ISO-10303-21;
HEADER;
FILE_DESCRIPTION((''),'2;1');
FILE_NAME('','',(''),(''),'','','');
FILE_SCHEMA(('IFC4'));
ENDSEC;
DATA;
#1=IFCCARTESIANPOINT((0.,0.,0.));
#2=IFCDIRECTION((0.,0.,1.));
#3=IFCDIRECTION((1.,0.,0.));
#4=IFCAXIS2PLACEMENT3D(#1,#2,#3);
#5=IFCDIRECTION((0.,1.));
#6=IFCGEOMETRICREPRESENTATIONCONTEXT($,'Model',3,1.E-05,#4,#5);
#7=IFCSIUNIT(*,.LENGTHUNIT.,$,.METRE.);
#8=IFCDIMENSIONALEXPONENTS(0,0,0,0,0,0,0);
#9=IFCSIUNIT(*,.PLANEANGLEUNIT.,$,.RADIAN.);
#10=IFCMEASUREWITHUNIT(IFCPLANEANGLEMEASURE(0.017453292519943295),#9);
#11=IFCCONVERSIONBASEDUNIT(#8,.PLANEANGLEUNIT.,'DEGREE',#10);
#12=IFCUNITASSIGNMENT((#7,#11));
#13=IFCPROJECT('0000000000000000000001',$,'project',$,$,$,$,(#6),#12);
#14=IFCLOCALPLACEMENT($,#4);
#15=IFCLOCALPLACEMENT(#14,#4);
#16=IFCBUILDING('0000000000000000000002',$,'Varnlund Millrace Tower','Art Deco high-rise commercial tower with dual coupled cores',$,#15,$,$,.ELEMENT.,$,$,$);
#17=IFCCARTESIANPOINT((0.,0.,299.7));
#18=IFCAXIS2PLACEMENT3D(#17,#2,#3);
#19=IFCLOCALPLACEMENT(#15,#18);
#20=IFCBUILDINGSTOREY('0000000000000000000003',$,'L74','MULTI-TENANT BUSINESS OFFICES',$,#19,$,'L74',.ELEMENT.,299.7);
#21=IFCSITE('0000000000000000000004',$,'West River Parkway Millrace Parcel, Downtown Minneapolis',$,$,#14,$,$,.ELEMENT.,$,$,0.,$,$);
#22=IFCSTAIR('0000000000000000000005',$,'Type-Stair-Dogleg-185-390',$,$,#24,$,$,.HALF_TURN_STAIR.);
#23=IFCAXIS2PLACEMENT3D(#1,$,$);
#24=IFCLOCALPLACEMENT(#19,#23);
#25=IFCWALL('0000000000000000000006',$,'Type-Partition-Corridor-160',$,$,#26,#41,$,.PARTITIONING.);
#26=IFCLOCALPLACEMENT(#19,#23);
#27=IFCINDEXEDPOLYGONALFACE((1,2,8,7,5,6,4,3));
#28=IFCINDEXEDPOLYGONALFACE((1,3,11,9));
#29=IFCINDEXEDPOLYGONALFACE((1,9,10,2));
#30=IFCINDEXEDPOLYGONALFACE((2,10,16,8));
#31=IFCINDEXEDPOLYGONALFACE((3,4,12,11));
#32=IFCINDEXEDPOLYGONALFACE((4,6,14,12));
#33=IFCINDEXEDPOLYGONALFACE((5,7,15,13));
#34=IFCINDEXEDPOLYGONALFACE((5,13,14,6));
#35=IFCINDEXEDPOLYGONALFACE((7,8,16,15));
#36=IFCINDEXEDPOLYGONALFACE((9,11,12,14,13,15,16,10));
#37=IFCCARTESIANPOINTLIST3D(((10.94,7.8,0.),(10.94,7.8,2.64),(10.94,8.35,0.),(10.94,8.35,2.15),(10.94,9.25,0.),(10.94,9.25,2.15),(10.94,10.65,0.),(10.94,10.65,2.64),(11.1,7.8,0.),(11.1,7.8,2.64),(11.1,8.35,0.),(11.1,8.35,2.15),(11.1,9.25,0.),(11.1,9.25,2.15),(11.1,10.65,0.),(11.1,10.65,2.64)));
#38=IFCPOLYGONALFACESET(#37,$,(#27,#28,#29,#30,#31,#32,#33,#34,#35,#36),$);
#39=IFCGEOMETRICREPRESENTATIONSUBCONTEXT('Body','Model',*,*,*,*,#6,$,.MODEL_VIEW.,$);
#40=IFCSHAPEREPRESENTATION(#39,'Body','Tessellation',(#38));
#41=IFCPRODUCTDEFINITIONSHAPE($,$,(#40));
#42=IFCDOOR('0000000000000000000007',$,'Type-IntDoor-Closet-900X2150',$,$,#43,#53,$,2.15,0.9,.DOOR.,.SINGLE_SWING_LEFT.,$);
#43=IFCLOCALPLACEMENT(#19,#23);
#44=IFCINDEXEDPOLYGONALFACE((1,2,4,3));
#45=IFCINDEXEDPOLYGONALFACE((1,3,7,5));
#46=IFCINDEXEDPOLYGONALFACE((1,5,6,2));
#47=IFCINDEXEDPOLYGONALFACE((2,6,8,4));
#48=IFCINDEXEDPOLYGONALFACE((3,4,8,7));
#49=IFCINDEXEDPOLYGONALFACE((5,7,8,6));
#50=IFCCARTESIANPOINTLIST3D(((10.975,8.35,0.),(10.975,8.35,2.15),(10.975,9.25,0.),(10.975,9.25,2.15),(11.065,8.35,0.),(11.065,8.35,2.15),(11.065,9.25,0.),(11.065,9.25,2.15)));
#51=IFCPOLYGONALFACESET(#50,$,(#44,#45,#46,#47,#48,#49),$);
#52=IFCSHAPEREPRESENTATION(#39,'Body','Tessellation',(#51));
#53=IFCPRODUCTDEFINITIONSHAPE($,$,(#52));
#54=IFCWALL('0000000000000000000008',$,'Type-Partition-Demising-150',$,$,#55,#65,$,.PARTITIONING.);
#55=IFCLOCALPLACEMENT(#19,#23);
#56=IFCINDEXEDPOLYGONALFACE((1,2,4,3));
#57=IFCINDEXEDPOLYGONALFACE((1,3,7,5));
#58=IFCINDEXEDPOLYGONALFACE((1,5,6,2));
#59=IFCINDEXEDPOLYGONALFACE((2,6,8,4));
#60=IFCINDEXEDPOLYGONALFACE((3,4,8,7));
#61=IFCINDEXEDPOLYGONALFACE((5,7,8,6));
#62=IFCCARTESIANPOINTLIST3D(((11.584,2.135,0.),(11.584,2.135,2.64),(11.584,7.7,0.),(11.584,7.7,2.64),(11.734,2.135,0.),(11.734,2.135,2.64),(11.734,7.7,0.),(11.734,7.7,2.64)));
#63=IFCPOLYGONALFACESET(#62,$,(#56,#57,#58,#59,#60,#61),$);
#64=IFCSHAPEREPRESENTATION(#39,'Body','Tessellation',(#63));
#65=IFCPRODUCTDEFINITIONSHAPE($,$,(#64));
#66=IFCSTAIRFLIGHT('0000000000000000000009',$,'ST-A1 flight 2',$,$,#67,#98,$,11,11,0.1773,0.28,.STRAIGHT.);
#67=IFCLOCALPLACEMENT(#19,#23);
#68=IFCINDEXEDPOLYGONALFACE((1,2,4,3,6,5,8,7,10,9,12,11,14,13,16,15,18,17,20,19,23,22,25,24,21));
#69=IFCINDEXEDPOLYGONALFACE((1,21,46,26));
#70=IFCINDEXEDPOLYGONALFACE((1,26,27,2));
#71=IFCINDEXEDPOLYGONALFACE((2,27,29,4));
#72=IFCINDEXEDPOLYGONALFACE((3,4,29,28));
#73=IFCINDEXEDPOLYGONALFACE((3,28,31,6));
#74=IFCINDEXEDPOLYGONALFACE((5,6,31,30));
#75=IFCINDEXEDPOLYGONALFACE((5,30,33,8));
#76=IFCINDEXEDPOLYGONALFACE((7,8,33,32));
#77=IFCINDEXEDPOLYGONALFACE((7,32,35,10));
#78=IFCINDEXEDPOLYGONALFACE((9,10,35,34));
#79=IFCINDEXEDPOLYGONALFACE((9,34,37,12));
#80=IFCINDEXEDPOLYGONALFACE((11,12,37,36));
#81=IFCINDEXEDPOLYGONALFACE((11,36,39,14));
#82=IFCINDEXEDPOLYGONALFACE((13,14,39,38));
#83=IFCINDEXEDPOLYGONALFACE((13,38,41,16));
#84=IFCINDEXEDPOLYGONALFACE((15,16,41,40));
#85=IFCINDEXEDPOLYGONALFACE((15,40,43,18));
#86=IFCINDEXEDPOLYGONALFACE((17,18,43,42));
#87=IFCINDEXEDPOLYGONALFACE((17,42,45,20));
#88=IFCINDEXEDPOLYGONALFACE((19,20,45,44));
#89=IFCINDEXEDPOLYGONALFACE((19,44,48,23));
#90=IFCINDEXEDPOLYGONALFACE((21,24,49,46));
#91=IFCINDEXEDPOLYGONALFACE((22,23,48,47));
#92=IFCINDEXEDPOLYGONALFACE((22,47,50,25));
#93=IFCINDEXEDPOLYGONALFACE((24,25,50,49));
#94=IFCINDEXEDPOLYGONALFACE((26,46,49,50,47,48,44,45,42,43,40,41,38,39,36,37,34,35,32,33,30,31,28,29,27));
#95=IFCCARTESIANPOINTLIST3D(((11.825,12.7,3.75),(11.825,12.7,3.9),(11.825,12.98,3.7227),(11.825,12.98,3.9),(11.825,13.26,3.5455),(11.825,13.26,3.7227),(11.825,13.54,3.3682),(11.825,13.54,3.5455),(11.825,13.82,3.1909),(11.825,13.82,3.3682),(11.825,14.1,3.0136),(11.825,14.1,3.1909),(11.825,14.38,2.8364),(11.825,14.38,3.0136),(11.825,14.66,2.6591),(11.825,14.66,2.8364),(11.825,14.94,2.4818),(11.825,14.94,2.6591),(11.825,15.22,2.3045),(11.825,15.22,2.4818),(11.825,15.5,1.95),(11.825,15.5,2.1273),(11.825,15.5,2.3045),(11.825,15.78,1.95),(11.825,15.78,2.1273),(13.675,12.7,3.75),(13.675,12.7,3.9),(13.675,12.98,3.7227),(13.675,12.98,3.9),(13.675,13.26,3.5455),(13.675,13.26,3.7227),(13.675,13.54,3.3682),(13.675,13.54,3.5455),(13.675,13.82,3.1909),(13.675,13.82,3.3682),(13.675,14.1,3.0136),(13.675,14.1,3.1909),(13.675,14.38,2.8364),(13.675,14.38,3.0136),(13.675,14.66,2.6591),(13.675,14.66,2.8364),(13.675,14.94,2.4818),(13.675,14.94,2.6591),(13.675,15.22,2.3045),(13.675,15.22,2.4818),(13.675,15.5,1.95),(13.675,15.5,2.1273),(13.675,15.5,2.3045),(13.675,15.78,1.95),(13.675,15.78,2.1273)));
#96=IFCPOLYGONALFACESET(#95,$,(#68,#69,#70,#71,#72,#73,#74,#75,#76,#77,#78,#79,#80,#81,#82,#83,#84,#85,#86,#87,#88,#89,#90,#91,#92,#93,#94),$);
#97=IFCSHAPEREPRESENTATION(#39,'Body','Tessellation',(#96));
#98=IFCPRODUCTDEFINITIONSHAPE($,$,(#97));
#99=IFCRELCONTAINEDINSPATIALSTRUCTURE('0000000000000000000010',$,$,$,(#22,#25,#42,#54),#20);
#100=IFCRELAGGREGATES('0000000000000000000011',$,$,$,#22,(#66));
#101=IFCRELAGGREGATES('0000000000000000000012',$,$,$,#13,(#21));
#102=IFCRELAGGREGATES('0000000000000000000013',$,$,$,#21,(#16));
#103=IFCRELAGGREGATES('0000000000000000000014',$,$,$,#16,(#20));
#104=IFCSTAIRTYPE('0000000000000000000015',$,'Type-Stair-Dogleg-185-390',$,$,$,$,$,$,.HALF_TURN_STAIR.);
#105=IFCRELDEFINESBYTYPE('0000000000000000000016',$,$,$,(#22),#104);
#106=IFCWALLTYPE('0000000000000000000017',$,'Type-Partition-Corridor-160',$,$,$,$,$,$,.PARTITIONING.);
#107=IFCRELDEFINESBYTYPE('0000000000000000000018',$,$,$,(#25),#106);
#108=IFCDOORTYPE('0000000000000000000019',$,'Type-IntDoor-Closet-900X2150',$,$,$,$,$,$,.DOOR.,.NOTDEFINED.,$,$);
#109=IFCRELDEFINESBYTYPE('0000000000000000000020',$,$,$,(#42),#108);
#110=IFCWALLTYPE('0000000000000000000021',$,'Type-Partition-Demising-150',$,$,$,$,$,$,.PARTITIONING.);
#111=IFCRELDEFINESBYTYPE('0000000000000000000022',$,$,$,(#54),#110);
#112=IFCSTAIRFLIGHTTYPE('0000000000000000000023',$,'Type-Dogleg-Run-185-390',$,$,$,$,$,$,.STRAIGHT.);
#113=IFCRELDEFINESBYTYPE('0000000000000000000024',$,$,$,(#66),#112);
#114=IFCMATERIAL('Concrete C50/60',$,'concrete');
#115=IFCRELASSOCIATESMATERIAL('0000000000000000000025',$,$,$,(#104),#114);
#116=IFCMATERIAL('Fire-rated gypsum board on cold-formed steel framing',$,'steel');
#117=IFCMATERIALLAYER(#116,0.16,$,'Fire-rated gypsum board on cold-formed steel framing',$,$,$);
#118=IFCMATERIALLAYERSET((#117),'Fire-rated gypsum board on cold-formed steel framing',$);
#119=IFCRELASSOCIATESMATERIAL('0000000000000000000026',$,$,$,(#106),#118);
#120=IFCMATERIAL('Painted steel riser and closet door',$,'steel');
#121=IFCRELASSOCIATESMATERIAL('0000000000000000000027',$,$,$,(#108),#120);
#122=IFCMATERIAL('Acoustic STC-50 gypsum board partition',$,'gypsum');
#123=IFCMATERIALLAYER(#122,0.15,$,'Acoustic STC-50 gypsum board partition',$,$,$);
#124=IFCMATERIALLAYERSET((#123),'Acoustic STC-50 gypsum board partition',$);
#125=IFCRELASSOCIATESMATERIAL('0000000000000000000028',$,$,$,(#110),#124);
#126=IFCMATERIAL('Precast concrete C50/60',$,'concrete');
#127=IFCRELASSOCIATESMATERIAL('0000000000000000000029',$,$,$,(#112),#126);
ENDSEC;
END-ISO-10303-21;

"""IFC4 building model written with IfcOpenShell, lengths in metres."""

from ifc_helpers import new_model, entity, si_unit, converted_unit, direction, frame, origin_with_axes, origin_2d_with_axis, place, context, subcontext, project, spatial, polyline, rectangle, outline, extrude, material, layer, layer_set, type_object, element, fill, aggregate, save


model = new_model("IFC4")

# Units and contexts
model_context = context("Model", 3, precision=1e-05, world=origin_with_axes(), true_north=direction((0.0, 1.0)))
body_context = subcontext(model_context, "Body", "Model", "MODEL_VIEW")
ifc_project = project(units=[si_unit("LENGTHUNIT", "METRE"), converted_unit("PLANEANGLEUNIT", "DEGREE", entity("IfcPlaneAngleMeasure", 0.017453292519943295), si_unit("PLANEANGLEUNIT", "RADIAN"), dimensions=[0, 0, 0, 0, 0, 0, 0])], contexts=[model_context])

# Site, building, storey
site_placement = place(None, origin_with_axes())
site = spatial("IfcSite", under=ifc_project, at=site_placement, Name="West River Parkway Millrace Parcel, Downtown Minneapolis", CompositionType="ELEMENT", RefElevation=0.0)
building_placement = place(site_placement, origin_with_axes())
building = spatial("IfcBuilding", under=site, at=building_placement, Name="Varnlund Millrace Tower", Description="Art Deco high-rise commercial tower with dual coupled cores", CompositionType="ELEMENT")
storey_placement = place(building_placement, frame((0.0, 0.0, 299.7), z_axis=(0.0, 0.0, 1.0), x_axis=(1.0, 0.0, 0.0)))
storey = spatial("IfcBuildingStorey", under=building, at=storey_placement, Name="L74", Description="MULTI-TENANT BUSINESS OFFICES", LongName="L74", CompositionType="ELEMENT", Elevation=299.7)

# Stair
ifc_material_1 = material(Name="Concrete C50/60", Category="concrete")
stair_type = type_object("IfcStairType", Name="Type-Stair-Dogleg-185-390", PredefinedType="HALF_TURN_STAIR", material=ifc_material_1)
stair_1_placement = place(storey_placement, origin_with_axes())
stair_1 = element("IfcStair", 1, at=stair_1_placement, inside=storey, type_object=stair_type, Name="Type-Stair-Dogleg-185-390", PredefinedType="HALF_TURN_STAIR")

# Shared definitions
ifc_material_2 = material(Name="Precast concrete C50/60", Category="concrete")

# Shared definitions
ifc_material_3 = material(Name="Fire-rated gypsum board on cold-formed steel framing", Category="steel")
ifc_layer_1 = layer(ifc_material_3, 0.16, Name="Fire-rated gypsum board on cold-formed steel framing")
ifc_layer_set_1 = layer_set([ifc_layer_1], Name="Fire-rated gypsum board on cold-formed steel framing")
wall_type_1 = type_object("IfcWallType", Name="Type-Partition-Corridor-160", PredefinedType="PARTITIONING", material=ifc_layer_set_1)

# Wall, opening, door
wall_1_placement = place(storey_placement, frame((11.02, 7.8, 0.0), z_axis=(0.0, 0.0, 1.0), x_axis=(0.0, 1.0, 0.0)))
wall_1 = element("IfcWall", 2, at=wall_1_placement, inside=storey, type_object=wall_type_1, Name="Type-Partition-Corridor-160", PredefinedType="PARTITIONING", context=body_context, shape_type="SweptSolid", body=[
    extrude(outline(polyline([(0.0, -0.08), (2.85, -0.08), (2.85, 0.08), (0.0, 0.08), (0.0, -0.08)])), origin_with_axes(), (0.0, 0.0, 1.0), 2.64),
])
opening_1_placement = place(wall_1_placement, frame((1.0, 0.0, 0.0), z_axis=(0.0, 0.0, 1.0), x_axis=(1.0, 0.0, 0.0)))
opening_1 = element("IfcOpeningElement", 3, at=opening_1_placement, cuts=wall_1, PredefinedType="OPENING", context=body_context, shape_type="SweptSolid", body=[
    extrude(rectangle(XDim=0.9, YDim=0.18, at=origin_2d_with_axis()), origin_with_axes(), (0.0, 0.0, 1.0), 2.15),
])
ifc_material_4 = material(Name="Painted steel riser and closet door", Category="steel")
door_type_1 = type_object("IfcDoorType", Name="Type-IntDoor-Closet-900X2150", OperationType="NOTDEFINED", PredefinedType="DOOR", material=ifc_material_4)
door_1_placement = place(wall_1_placement, frame((1.0, 0.0, 0.0), z_axis=(0.0, 0.0, 1.0), x_axis=(1.0, 0.0, 0.0)))
door_1 = element("IfcDoor", 4, at=door_1_placement, inside=storey, type_object=door_type_1, Name="Type-IntDoor-Closet-900X2150", OperationType="SINGLE_SWING_LEFT", OverallHeight=2.15, OverallWidth=0.9, PredefinedType="DOOR", context=body_context, shape_type="SweptSolid", body=[
    extrude(rectangle(XDim=0.9, YDim=0.09, at=origin_2d_with_axis()), origin_with_axes(), (0.0, 0.0, 1.0), 2.15),
])
fill(opening_1, door_1)

# Wall
ifc_material_5 = material(Name="Acoustic STC-50 gypsum board partition", Category="gypsum")
ifc_layer_2 = layer(ifc_material_5, 0.15, Name="Acoustic STC-50 gypsum board partition")
ifc_layer_set_2 = layer_set([ifc_layer_2], Name="Acoustic STC-50 gypsum board partition")
wall_type_2 = type_object("IfcWallType", Name="Type-Partition-Demising-150", PredefinedType="PARTITIONING", material=ifc_layer_set_2)
wall_2_placement = place(storey_placement, frame((11.659, 2.135, 0.0), z_axis=(0.0, 0.0, 1.0), x_axis=(0.0, 1.0, 0.0)))
element("IfcWall", 5, at=wall_2_placement, inside=storey, type_object=wall_type_2, Name="Type-Partition-Demising-150", PredefinedType="PARTITIONING", context=body_context, shape_type="SweptSolid", body=[
    extrude(outline(polyline([(0.0, -0.075), (5.565, -0.075), (5.565, 0.075), (0.0, 0.075), (0.0, -0.075)])), origin_with_axes(), (0.0, 0.0, 1.0), 2.64),
])

# Stair flight
stair_flight_type = type_object("IfcStairFlightType", Name="Type-Dogleg-Run-185-390", PredefinedType="STRAIGHT", material=ifc_material_2)
stair_flight_placement = place(storey_placement, frame((13.675, 15.78, 1.95), z_axis=(-1.0, 0.0, 0.0), x_axis=(0.0, -1.0, 0.0)))
stair_flight = element("IfcStairFlight", 6, at=stair_flight_placement, type_object=stair_flight_type, Name="ST-A1 flight 2", NumberOfRisers=11, NumberOfTreads=11, PredefinedType="STRAIGHT", RiserHeight=0.1773, TreadLength=0.28, context=body_context, shape_type="SweptSolid", body=[
    extrude(outline(polyline([(0.0, 0.0), (0.0, 0.1773), (0.28, 0.1773), (0.28, 0.3545), (0.56, 0.3545), (0.56, 0.5318), (0.84, 0.5318), (0.84, 0.7091), (1.12, 0.7091), (1.12, 0.8864), (1.4, 0.8864), (1.4, 1.0636), (1.68, 1.0636), (1.68, 1.2409), (1.96, 1.2409), (1.96, 1.4182), (2.24, 1.4182), (2.24, 1.5955), (2.52, 1.5955), (2.52, 1.7727), (2.8, 1.7727), (2.8, 1.95), (3.08, 1.95), (3.08, 1.8), (0.28, 0.0), (0.0, 0.0)])), origin_with_axes(), (0.0, 0.0, 1.0), 1.85),
])
aggregate(stair_1, [stair_flight])

save(model, "model.ifc")
